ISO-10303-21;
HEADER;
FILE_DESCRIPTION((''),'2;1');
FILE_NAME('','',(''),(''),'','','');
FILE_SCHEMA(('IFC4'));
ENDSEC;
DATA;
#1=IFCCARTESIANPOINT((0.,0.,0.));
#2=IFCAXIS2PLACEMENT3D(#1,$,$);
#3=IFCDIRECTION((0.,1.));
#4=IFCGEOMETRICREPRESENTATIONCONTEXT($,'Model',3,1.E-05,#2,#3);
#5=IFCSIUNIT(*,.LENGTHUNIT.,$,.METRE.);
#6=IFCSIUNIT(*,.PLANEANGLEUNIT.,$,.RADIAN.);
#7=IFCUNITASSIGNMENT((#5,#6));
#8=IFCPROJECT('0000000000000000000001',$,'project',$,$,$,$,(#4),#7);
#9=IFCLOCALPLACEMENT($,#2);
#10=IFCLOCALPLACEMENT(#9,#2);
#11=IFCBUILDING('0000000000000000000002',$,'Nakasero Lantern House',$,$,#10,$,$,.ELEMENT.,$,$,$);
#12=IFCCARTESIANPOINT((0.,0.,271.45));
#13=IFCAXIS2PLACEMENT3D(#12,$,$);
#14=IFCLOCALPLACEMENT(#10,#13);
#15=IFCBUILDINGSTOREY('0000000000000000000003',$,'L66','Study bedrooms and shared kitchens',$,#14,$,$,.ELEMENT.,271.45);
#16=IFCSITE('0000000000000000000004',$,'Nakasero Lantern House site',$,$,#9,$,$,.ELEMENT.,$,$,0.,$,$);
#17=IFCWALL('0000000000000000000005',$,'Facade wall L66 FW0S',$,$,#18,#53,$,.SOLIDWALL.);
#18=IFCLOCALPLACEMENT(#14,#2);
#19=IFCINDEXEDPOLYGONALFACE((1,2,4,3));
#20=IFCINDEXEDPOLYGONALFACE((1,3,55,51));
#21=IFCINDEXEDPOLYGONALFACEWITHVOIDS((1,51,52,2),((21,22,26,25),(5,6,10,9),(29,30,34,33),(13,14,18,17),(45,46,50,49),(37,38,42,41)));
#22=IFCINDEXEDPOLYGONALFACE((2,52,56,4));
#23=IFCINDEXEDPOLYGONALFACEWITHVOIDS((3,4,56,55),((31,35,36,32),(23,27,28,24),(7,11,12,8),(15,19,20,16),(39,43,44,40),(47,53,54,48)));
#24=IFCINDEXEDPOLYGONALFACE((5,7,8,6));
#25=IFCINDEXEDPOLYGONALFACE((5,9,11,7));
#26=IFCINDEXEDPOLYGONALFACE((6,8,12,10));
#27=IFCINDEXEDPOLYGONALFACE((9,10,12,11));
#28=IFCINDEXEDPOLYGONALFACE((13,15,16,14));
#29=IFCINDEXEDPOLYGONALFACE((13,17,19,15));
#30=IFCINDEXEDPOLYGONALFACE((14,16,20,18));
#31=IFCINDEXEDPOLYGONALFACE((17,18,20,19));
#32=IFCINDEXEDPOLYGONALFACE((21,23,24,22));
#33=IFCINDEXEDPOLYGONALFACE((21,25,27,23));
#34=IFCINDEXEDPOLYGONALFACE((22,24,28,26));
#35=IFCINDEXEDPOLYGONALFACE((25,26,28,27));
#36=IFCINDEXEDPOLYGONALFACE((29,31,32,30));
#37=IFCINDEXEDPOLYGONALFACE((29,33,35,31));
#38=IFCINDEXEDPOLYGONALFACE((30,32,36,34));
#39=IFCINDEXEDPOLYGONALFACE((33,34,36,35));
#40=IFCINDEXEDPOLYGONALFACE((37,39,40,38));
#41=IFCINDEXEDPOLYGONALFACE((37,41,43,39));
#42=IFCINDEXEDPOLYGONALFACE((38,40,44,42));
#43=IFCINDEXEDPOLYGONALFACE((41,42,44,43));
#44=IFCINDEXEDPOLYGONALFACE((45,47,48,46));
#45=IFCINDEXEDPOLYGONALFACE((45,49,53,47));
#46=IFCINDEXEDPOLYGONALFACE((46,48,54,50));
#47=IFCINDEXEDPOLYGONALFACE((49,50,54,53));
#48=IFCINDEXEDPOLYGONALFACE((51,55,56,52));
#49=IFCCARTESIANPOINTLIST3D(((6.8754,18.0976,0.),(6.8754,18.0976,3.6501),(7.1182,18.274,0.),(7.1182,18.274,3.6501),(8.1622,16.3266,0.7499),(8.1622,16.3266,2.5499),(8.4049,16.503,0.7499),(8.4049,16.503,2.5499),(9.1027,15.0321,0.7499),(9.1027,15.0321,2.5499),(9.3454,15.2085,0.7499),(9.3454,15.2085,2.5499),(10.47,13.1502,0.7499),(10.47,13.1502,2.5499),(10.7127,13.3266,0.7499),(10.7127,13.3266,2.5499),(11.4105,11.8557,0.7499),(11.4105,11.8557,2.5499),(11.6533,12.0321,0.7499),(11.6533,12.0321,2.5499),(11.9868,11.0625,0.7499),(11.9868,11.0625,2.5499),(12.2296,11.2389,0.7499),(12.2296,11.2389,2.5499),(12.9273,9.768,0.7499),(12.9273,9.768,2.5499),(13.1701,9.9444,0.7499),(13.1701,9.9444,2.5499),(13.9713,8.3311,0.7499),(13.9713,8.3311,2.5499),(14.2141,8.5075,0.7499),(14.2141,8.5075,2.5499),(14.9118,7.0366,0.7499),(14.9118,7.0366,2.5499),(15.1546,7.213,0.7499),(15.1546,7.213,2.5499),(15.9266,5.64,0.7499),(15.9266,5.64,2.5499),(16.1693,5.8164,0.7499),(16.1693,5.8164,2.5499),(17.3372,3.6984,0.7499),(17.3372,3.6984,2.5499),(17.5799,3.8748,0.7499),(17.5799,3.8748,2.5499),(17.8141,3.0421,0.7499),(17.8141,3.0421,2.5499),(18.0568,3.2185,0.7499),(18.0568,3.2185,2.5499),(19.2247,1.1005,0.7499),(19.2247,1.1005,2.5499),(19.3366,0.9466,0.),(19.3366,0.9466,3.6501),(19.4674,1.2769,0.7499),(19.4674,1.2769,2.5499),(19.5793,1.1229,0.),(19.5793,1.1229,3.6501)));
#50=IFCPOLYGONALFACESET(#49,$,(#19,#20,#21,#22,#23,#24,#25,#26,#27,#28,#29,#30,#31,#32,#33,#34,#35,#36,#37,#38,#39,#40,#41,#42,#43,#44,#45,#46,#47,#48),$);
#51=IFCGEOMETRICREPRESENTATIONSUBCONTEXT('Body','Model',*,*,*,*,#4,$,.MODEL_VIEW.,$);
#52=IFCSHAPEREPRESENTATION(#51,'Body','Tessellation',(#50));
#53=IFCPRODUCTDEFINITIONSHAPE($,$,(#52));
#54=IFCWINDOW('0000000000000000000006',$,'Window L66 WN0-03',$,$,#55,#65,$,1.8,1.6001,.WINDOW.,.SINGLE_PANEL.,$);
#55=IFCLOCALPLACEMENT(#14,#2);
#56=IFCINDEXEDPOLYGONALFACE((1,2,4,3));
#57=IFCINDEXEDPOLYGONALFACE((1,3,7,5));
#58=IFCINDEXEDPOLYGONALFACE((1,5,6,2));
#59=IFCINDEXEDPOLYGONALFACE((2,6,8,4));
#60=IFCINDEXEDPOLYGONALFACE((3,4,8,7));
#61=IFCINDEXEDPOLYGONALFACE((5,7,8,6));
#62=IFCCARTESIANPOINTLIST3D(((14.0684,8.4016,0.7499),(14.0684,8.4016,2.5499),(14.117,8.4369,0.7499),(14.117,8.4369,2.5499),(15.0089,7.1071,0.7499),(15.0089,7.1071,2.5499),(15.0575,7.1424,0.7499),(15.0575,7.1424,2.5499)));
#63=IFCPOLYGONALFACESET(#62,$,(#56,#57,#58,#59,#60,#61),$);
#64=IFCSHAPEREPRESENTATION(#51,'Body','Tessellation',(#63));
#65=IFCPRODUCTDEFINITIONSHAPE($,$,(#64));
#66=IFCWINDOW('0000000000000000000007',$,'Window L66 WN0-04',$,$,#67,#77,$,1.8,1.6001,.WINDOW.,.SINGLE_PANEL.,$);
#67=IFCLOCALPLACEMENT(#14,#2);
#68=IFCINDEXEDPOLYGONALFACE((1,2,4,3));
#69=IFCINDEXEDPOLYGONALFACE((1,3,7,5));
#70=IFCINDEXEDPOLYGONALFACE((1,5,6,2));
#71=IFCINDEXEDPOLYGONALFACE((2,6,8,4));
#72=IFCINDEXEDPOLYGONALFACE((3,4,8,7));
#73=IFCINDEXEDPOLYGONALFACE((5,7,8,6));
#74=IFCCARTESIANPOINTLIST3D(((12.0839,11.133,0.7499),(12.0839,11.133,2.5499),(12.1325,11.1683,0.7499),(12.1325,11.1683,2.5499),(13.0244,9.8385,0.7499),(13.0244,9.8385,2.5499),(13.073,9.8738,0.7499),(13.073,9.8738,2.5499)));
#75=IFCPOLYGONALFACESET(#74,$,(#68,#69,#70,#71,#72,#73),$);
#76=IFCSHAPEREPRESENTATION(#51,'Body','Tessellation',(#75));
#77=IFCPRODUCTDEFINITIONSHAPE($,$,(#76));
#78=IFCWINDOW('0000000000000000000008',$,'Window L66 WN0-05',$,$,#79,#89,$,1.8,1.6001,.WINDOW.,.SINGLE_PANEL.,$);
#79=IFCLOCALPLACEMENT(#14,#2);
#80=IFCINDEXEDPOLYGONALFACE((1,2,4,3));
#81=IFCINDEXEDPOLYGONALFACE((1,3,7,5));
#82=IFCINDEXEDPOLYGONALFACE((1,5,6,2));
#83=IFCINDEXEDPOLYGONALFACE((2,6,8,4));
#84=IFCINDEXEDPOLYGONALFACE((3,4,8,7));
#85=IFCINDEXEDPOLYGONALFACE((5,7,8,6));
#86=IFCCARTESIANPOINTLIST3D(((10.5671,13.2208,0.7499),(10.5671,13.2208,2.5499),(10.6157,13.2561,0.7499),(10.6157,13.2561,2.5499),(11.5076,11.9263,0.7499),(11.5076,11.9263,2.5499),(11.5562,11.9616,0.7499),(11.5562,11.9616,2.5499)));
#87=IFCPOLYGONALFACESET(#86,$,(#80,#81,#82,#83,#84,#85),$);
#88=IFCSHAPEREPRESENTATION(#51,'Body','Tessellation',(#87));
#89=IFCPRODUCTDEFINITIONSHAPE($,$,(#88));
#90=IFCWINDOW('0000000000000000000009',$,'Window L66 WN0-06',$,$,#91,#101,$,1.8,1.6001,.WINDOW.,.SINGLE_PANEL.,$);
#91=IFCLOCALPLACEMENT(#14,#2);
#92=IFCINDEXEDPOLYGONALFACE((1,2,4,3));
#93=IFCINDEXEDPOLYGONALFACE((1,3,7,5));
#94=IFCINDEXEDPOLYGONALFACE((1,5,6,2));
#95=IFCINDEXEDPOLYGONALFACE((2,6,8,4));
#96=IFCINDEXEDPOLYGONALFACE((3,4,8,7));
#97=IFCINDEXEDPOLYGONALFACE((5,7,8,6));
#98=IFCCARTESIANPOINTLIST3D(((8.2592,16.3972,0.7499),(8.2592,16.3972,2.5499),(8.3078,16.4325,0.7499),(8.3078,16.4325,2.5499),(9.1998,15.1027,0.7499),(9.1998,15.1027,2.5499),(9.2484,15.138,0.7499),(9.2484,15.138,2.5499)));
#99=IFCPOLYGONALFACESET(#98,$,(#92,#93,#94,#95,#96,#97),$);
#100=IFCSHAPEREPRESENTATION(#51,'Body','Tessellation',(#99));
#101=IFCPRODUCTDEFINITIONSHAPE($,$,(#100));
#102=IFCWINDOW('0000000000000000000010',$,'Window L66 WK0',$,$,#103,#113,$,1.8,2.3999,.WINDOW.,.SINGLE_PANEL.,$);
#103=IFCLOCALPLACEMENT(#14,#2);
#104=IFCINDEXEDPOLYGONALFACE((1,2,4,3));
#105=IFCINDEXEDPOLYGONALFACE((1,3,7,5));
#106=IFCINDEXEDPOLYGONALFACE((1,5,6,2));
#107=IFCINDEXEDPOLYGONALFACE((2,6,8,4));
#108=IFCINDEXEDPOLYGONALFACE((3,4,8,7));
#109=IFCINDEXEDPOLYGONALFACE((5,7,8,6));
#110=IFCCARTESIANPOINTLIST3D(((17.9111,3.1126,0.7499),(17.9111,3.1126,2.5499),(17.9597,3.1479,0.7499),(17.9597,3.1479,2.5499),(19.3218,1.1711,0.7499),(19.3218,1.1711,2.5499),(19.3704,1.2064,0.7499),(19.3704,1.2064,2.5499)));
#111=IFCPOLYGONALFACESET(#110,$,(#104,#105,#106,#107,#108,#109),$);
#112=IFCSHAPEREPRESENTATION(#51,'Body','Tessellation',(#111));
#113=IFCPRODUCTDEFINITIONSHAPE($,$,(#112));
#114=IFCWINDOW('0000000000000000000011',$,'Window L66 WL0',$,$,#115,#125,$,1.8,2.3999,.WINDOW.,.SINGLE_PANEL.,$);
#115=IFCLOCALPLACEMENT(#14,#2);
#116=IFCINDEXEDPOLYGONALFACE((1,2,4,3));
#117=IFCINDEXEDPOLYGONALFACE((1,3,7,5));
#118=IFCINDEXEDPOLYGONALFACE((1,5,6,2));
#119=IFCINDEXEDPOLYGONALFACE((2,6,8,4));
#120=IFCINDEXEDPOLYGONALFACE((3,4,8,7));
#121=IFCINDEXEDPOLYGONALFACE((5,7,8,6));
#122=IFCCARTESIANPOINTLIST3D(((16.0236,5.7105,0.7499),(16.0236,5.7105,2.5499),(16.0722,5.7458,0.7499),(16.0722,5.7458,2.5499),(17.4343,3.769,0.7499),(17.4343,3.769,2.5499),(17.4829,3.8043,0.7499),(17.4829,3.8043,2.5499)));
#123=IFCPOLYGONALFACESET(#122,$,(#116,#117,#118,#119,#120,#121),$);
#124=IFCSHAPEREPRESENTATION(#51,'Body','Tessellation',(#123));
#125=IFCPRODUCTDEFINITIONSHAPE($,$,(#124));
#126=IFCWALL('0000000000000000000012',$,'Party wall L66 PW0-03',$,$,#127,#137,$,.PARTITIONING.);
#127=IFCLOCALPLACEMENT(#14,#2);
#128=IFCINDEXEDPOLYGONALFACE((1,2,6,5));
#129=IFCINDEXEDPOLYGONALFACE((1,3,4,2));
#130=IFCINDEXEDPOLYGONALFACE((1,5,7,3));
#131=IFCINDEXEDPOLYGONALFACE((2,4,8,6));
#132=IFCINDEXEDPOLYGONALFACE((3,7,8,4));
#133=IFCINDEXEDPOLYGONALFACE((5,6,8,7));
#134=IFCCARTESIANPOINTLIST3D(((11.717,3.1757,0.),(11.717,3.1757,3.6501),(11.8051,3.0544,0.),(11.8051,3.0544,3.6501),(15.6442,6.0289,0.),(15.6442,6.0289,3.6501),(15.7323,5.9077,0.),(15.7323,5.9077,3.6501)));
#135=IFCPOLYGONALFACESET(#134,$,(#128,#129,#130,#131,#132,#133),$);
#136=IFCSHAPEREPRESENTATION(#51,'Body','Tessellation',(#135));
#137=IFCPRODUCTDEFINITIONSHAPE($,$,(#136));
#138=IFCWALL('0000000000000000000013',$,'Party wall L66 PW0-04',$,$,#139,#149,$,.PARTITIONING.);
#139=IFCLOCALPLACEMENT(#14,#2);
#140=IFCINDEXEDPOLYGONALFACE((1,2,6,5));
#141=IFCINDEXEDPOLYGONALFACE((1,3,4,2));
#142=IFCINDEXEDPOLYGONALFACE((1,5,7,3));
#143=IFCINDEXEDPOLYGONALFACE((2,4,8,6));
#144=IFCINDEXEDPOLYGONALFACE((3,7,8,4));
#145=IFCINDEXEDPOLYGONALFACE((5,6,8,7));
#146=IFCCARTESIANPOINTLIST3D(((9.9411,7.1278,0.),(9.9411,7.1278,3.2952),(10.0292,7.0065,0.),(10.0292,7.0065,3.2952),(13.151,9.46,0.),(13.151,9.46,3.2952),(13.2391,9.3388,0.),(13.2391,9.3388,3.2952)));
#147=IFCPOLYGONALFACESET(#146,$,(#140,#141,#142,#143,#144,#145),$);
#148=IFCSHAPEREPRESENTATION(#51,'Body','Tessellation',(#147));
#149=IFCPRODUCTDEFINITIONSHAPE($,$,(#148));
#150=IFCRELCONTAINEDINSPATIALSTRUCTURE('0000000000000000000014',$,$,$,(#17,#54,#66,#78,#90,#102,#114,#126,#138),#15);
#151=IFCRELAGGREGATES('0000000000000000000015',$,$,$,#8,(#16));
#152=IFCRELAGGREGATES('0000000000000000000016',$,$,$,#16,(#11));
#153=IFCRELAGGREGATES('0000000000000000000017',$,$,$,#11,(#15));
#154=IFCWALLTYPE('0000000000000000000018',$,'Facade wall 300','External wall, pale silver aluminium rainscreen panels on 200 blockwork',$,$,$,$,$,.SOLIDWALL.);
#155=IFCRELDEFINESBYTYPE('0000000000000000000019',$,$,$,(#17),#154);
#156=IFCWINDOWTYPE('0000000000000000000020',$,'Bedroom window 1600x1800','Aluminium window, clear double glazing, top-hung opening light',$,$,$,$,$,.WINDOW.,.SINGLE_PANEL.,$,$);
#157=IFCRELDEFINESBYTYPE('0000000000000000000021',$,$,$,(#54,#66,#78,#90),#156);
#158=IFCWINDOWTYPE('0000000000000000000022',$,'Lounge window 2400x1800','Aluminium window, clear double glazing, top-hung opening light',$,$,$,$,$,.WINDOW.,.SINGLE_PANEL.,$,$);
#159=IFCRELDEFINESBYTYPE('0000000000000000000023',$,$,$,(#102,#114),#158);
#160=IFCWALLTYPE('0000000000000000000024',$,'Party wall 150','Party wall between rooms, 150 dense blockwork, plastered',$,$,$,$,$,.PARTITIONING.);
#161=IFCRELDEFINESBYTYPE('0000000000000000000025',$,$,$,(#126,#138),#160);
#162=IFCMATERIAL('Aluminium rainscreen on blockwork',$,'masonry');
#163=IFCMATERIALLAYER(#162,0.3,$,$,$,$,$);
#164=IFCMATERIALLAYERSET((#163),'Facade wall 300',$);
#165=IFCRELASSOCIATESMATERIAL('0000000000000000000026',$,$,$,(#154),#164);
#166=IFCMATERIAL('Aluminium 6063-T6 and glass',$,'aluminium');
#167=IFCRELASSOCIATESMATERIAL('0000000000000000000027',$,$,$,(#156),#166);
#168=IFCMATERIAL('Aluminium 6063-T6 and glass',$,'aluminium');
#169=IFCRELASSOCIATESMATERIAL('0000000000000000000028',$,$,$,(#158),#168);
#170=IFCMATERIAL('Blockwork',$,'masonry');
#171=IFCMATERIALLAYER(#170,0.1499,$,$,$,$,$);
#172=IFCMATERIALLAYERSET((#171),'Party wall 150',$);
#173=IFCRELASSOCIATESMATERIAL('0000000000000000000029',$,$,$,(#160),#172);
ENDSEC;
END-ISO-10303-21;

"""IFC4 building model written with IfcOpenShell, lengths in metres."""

from ifc_helpers import new_model, si_unit, direction, frame, frame_2d, origin, place, context, subcontext, project, spatial, rectangle, extrude, material, layer, layer_set, type_object, element, fill, save


model = new_model("IFC4")

# Units and contexts
model_context = context("Model", 3, precision=1e-05, world=origin(), true_north=direction((0.0, 1.0)))
body_context = subcontext(model_context, "Body", "Model", "MODEL_VIEW")
ifc_project = project(units=[si_unit("LENGTHUNIT", "METRE"), si_unit("PLANEANGLEUNIT", "RADIAN")], contexts=[model_context])

# Site, building, storey
site_placement = place(None, origin())
site = spatial("IfcSite", under=ifc_project, at=site_placement, Name="Nakasero Lantern House site", CompositionType="ELEMENT", RefElevation=0.0)
building_placement = place(site_placement, origin())
building = spatial("IfcBuilding", under=site, at=building_placement, Name="Nakasero Lantern House", CompositionType="ELEMENT")
storey_placement = place(building_placement, frame((0.0, 0.0, 271.45)))
storey = spatial("IfcBuildingStorey", under=building, at=storey_placement, Name="L66", Description="Study bedrooms and shared kitchens", CompositionType="ELEMENT", Elevation=271.45)

# Wall, openings, windows
ifc_material_1 = material(Name="Aluminium rainscreen on blockwork", Category="masonry")
ifc_layer_1 = layer(ifc_material_1, 0.3)
ifc_layer_set_1 = layer_set([ifc_layer_1], Name="Facade wall 300")
wall_type_1 = type_object("IfcWallType", Name="Facade wall 300", Description="External wall, pale silver aluminium rainscreen panels on 200 blockwork", PredefinedType="SOLIDWALL", material=ifc_layer_set_1)
wall_1_placement = place(storey_placement, frame((19.458, 1.0347, 0.0), z_axis=(0.0, 0.0, 1.0), x_axis=(-0.58779, 0.809013, 0.0)))
wall_1 = element("IfcWall", 1, at=wall_1_placement, inside=storey, type_object=wall_type_1, Name="Facade wall L66 FW0S", PredefinedType="SOLIDWALL", context=body_context, shape_type="SweptSolid", body=[
    extrude(rectangle(XDim=21.2, YDim=0.3, at=frame_2d((10.6001, 0.0))), origin(), (0.0, 0.0, 1.0), 3.6501),
])
opening_1_placement = place(wall_1_placement, frame((7.5278, 0.0, 0.75)))
opening_1 = element("IfcOpeningElement", 2, at=opening_1_placement, cuts=wall_1, PredefinedType="OPENING", context=body_context, shape_type="SweptSolid", body=[
    extrude(rectangle(XDim=1.6001, YDim=1.8, at=frame_2d((0.8, 0.8999))), frame((0.0, 0.1699, 0.0), z_axis=(0.0, -1.0, 0.0), x_axis=(1.0, 0.0, 0.0)), (0.0, 0.0, 1.0), 0.3401),
])
opening_2_placement = place(wall_1_placement, frame((10.9041, 0.0, 0.75)))
opening_2 = element("IfcOpeningElement", 3, at=opening_2_placement, cuts=wall_1, PredefinedType="OPENING", context=body_context, shape_type="SweptSolid", body=[
    extrude(rectangle(XDim=1.6001, YDim=1.8, at=frame_2d((0.8, 0.8999))), frame((0.0, 0.1699, 0.0), z_axis=(0.0, -1.0, 0.0), x_axis=(1.0, 0.0, 0.0)), (0.0, 0.0, 1.0), 0.3401),
])
opening_3_placement = place(wall_1_placement, frame((13.4846, 0.0, 0.75)))
opening_3 = element("IfcOpeningElement", 4, at=opening_3_placement, cuts=wall_1, PredefinedType="OPENING", context=body_context, shape_type="SweptSolid", body=[
    extrude(rectangle(XDim=1.6001, YDim=1.8, at=frame_2d((0.8, 0.8999))), frame((0.0, 0.1699, 0.0), z_axis=(0.0, -1.0, 0.0), x_axis=(1.0, 0.0, 0.0)), (0.0, 0.0, 1.0), 0.3401),
])
opening_4_placement = place(wall_1_placement, frame((17.4109, 0.0, 0.75)))
opening_4 = element("IfcOpeningElement", 5, at=opening_4_placement, cuts=wall_1, PredefinedType="OPENING", context=body_context, shape_type="SweptSolid", body=[
    extrude(rectangle(XDim=1.6001, YDim=1.8, at=frame_2d((0.8, 0.8999))), frame((0.0, 0.1699, 0.0), z_axis=(0.0, -1.0, 0.0), x_axis=(1.0, 0.0, 0.0)), (0.0, 0.0, 1.0), 0.3401),
])
opening_5_placement = place(wall_1_placement, frame((0.1904, 0.0, 0.75)))
opening_5 = element("IfcOpeningElement", 6, at=opening_5_placement, cuts=wall_1, PredefinedType="OPENING", context=body_context, shape_type="SweptSolid", body=[
    extrude(rectangle(XDim=2.3999, YDim=1.8, at=frame_2d((1.2, 0.8999))), frame((0.0, 0.1699, 0.0), z_axis=(0.0, -1.0, 0.0), x_axis=(1.0, 0.0, 0.0)), (0.0, 0.0, 1.0), 0.3401),
])
opening_6_placement = place(wall_1_placement, frame((3.4016, 0.0, 0.75)))
opening_6 = element("IfcOpeningElement", 7, at=opening_6_placement, cuts=wall_1, PredefinedType="OPENING", context=body_context, shape_type="SweptSolid", body=[
    extrude(rectangle(XDim=2.3999, YDim=1.8, at=frame_2d((1.2, 0.8999))), frame((0.0, 0.1699, 0.0), z_axis=(0.0, -1.0, 0.0), x_axis=(1.0, 0.0, 0.0)), (0.0, 0.0, 1.0), 0.3401),
])
ifc_material_2 = material(Name="Aluminium 6063-T6 and glass", Category="aluminium")
window_type_1 = type_object("IfcWindowType", Name="Bedroom window 1600x1800", Description="Aluminium window, clear double glazing, top-hung opening light", PartitioningType="SINGLE_PANEL", PredefinedType="WINDOW", material=ifc_material_2)
window_1_placement = place(opening_1_placement, origin())
window_1 = element("IfcWindow", 8, at=window_1_placement, inside=storey, type_object=window_type_1, Name="Window L66 WN0-03", OverallHeight=1.8, OverallWidth=1.6001, PartitioningType="SINGLE_PANEL", PredefinedType="WINDOW", context=body_context, shape_type="SweptSolid", body=[
    extrude(rectangle(XDim=1.6001, YDim=1.8, at=frame_2d((0.8, 0.8999))), frame((0.0, 0.03, 0.0), z_axis=(0.0, -1.0, 0.0), x_axis=(1.0, 0.0, 0.0)), (0.0, 0.0, 1.0), 0.0601),
])
fill(opening_1, window_1)
window_2_placement = place(opening_2_placement, origin())
window_2 = element("IfcWindow", 9, at=window_2_placement, inside=storey, type_object=window_type_1, Name="Window L66 WN0-04", OverallHeight=1.8, OverallWidth=1.6001, PartitioningType="SINGLE_PANEL", PredefinedType="WINDOW", context=body_context, shape_type="SweptSolid", body=[
    extrude(rectangle(XDim=1.6001, YDim=1.8, at=frame_2d((0.8, 0.8999))), frame((0.0, 0.03, 0.0), z_axis=(0.0, -1.0, 0.0), x_axis=(1.0, 0.0, 0.0)), (0.0, 0.0, 1.0), 0.0601),
])
fill(opening_2, window_2)
window_3_placement = place(opening_3_placement, origin())
window_3 = element("IfcWindow", 10, at=window_3_placement, inside=storey, type_object=window_type_1, Name="Window L66 WN0-05", OverallHeight=1.8, OverallWidth=1.6001, PartitioningType="SINGLE_PANEL", PredefinedType="WINDOW", context=body_context, shape_type="SweptSolid", body=[
    extrude(rectangle(XDim=1.6001, YDim=1.8, at=frame_2d((0.8, 0.8999))), frame((0.0, 0.03, 0.0), z_axis=(0.0, -1.0, 0.0), x_axis=(1.0, 0.0, 0.0)), (0.0, 0.0, 1.0), 0.0601),
])
fill(opening_3, window_3)
window_4_placement = place(opening_4_placement, origin())
window_4 = element("IfcWindow", 11, at=window_4_placement, inside=storey, type_object=window_type_1, Name="Window L66 WN0-06", OverallHeight=1.8, OverallWidth=1.6001, PartitioningType="SINGLE_PANEL", PredefinedType="WINDOW", context=body_context, shape_type="SweptSolid", body=[
    extrude(rectangle(XDim=1.6001, YDim=1.8, at=frame_2d((0.8, 0.8999))), frame((0.0, 0.03, 0.0), z_axis=(0.0, -1.0, 0.0), x_axis=(1.0, 0.0, 0.0)), (0.0, 0.0, 1.0), 0.0601),
])
fill(opening_4, window_4)
ifc_material_3 = material(Name="Aluminium 6063-T6 and glass", Category="aluminium")
window_type_2 = type_object("IfcWindowType", Name="Lounge window 2400x1800", Description="Aluminium window, clear double glazing, top-hung opening light", PartitioningType="SINGLE_PANEL", PredefinedType="WINDOW", material=ifc_material_3)
window_5_placement = place(opening_5_placement, origin())
window_5 = element("IfcWindow", 12, at=window_5_placement, inside=storey, type_object=window_type_2, Name="Window L66 WK0", OverallHeight=1.8, OverallWidth=2.3999, PartitioningType="SINGLE_PANEL", PredefinedType="WINDOW", context=body_context, shape_type="SweptSolid", body=[
    extrude(rectangle(XDim=2.3999, YDim=1.8, at=frame_2d((1.2, 0.8999))), frame((0.0, 0.03, 0.0), z_axis=(0.0, -1.0, 0.0), x_axis=(1.0, 0.0, 0.0)), (0.0, 0.0, 1.0), 0.0601),
])
fill(opening_5, window_5)
window_6_placement = place(opening_6_placement, origin())
window_6 = element("IfcWindow", 13, at=window_6_placement, inside=storey, type_object=window_type_2, Name="Window L66 WL0", OverallHeight=1.8, OverallWidth=2.3999, PartitioningType="SINGLE_PANEL", PredefinedType="WINDOW", context=body_context, shape_type="SweptSolid", body=[
    extrude(rectangle(XDim=2.3999, YDim=1.8, at=frame_2d((1.2, 0.8999))), frame((0.0, 0.03, 0.0), z_axis=(0.0, -1.0, 0.0), x_axis=(1.0, 0.0, 0.0)), (0.0, 0.0, 1.0), 0.0601),
])
fill(opening_6, window_6)

# Walls
ifc_material_4 = material(Name="Blockwork", Category="masonry")
ifc_layer_2 = layer(ifc_material_4, 0.1499)
ifc_layer_set_2 = layer_set([ifc_layer_2], Name="Party wall 150")
wall_type_2 = type_object("IfcWallType", Name="Party wall 150", Description="Party wall between rooms, 150 dense blockwork, plastered", PredefinedType="PARTITIONING", material=ifc_layer_set_2)
wall_2_placement = place(storey_placement, frame((11.761, 3.115, 0.0), z_axis=(0.0, 0.0, 1.0), x_axis=(0.809021, 0.58778, 0.0)))
element("IfcWall", 14, at=wall_2_placement, inside=storey, type_object=wall_type_2, Name="Party wall L66 PW0-03", PredefinedType="PARTITIONING", context=body_context, shape_type="SweptSolid", body=[
    extrude(rectangle(XDim=4.8542, YDim=0.1499, at=frame_2d((2.4272, 0.0))), origin(), (0.0, 0.0, 1.0), 3.6501),
])
wall_3_placement = place(storey_placement, frame((9.9851, 7.0671, 0.0), z_axis=(0.0, 0.0, 1.0), x_axis=(0.809005, 0.587802, 0.0)))
element("IfcWall", 15, at=wall_3_placement, inside=storey, type_object=wall_type_2, Name="Party wall L66 PW0-04", PredefinedType="PARTITIONING", context=body_context, shape_type="SweptSolid", body=[
    extrude(rectangle(XDim=3.9678, YDim=0.1499, at=frame_2d((1.9839, 0.0))), origin(), (0.0, 0.0, 1.0), 3.2952),
])

save(model, "model.ifc")
